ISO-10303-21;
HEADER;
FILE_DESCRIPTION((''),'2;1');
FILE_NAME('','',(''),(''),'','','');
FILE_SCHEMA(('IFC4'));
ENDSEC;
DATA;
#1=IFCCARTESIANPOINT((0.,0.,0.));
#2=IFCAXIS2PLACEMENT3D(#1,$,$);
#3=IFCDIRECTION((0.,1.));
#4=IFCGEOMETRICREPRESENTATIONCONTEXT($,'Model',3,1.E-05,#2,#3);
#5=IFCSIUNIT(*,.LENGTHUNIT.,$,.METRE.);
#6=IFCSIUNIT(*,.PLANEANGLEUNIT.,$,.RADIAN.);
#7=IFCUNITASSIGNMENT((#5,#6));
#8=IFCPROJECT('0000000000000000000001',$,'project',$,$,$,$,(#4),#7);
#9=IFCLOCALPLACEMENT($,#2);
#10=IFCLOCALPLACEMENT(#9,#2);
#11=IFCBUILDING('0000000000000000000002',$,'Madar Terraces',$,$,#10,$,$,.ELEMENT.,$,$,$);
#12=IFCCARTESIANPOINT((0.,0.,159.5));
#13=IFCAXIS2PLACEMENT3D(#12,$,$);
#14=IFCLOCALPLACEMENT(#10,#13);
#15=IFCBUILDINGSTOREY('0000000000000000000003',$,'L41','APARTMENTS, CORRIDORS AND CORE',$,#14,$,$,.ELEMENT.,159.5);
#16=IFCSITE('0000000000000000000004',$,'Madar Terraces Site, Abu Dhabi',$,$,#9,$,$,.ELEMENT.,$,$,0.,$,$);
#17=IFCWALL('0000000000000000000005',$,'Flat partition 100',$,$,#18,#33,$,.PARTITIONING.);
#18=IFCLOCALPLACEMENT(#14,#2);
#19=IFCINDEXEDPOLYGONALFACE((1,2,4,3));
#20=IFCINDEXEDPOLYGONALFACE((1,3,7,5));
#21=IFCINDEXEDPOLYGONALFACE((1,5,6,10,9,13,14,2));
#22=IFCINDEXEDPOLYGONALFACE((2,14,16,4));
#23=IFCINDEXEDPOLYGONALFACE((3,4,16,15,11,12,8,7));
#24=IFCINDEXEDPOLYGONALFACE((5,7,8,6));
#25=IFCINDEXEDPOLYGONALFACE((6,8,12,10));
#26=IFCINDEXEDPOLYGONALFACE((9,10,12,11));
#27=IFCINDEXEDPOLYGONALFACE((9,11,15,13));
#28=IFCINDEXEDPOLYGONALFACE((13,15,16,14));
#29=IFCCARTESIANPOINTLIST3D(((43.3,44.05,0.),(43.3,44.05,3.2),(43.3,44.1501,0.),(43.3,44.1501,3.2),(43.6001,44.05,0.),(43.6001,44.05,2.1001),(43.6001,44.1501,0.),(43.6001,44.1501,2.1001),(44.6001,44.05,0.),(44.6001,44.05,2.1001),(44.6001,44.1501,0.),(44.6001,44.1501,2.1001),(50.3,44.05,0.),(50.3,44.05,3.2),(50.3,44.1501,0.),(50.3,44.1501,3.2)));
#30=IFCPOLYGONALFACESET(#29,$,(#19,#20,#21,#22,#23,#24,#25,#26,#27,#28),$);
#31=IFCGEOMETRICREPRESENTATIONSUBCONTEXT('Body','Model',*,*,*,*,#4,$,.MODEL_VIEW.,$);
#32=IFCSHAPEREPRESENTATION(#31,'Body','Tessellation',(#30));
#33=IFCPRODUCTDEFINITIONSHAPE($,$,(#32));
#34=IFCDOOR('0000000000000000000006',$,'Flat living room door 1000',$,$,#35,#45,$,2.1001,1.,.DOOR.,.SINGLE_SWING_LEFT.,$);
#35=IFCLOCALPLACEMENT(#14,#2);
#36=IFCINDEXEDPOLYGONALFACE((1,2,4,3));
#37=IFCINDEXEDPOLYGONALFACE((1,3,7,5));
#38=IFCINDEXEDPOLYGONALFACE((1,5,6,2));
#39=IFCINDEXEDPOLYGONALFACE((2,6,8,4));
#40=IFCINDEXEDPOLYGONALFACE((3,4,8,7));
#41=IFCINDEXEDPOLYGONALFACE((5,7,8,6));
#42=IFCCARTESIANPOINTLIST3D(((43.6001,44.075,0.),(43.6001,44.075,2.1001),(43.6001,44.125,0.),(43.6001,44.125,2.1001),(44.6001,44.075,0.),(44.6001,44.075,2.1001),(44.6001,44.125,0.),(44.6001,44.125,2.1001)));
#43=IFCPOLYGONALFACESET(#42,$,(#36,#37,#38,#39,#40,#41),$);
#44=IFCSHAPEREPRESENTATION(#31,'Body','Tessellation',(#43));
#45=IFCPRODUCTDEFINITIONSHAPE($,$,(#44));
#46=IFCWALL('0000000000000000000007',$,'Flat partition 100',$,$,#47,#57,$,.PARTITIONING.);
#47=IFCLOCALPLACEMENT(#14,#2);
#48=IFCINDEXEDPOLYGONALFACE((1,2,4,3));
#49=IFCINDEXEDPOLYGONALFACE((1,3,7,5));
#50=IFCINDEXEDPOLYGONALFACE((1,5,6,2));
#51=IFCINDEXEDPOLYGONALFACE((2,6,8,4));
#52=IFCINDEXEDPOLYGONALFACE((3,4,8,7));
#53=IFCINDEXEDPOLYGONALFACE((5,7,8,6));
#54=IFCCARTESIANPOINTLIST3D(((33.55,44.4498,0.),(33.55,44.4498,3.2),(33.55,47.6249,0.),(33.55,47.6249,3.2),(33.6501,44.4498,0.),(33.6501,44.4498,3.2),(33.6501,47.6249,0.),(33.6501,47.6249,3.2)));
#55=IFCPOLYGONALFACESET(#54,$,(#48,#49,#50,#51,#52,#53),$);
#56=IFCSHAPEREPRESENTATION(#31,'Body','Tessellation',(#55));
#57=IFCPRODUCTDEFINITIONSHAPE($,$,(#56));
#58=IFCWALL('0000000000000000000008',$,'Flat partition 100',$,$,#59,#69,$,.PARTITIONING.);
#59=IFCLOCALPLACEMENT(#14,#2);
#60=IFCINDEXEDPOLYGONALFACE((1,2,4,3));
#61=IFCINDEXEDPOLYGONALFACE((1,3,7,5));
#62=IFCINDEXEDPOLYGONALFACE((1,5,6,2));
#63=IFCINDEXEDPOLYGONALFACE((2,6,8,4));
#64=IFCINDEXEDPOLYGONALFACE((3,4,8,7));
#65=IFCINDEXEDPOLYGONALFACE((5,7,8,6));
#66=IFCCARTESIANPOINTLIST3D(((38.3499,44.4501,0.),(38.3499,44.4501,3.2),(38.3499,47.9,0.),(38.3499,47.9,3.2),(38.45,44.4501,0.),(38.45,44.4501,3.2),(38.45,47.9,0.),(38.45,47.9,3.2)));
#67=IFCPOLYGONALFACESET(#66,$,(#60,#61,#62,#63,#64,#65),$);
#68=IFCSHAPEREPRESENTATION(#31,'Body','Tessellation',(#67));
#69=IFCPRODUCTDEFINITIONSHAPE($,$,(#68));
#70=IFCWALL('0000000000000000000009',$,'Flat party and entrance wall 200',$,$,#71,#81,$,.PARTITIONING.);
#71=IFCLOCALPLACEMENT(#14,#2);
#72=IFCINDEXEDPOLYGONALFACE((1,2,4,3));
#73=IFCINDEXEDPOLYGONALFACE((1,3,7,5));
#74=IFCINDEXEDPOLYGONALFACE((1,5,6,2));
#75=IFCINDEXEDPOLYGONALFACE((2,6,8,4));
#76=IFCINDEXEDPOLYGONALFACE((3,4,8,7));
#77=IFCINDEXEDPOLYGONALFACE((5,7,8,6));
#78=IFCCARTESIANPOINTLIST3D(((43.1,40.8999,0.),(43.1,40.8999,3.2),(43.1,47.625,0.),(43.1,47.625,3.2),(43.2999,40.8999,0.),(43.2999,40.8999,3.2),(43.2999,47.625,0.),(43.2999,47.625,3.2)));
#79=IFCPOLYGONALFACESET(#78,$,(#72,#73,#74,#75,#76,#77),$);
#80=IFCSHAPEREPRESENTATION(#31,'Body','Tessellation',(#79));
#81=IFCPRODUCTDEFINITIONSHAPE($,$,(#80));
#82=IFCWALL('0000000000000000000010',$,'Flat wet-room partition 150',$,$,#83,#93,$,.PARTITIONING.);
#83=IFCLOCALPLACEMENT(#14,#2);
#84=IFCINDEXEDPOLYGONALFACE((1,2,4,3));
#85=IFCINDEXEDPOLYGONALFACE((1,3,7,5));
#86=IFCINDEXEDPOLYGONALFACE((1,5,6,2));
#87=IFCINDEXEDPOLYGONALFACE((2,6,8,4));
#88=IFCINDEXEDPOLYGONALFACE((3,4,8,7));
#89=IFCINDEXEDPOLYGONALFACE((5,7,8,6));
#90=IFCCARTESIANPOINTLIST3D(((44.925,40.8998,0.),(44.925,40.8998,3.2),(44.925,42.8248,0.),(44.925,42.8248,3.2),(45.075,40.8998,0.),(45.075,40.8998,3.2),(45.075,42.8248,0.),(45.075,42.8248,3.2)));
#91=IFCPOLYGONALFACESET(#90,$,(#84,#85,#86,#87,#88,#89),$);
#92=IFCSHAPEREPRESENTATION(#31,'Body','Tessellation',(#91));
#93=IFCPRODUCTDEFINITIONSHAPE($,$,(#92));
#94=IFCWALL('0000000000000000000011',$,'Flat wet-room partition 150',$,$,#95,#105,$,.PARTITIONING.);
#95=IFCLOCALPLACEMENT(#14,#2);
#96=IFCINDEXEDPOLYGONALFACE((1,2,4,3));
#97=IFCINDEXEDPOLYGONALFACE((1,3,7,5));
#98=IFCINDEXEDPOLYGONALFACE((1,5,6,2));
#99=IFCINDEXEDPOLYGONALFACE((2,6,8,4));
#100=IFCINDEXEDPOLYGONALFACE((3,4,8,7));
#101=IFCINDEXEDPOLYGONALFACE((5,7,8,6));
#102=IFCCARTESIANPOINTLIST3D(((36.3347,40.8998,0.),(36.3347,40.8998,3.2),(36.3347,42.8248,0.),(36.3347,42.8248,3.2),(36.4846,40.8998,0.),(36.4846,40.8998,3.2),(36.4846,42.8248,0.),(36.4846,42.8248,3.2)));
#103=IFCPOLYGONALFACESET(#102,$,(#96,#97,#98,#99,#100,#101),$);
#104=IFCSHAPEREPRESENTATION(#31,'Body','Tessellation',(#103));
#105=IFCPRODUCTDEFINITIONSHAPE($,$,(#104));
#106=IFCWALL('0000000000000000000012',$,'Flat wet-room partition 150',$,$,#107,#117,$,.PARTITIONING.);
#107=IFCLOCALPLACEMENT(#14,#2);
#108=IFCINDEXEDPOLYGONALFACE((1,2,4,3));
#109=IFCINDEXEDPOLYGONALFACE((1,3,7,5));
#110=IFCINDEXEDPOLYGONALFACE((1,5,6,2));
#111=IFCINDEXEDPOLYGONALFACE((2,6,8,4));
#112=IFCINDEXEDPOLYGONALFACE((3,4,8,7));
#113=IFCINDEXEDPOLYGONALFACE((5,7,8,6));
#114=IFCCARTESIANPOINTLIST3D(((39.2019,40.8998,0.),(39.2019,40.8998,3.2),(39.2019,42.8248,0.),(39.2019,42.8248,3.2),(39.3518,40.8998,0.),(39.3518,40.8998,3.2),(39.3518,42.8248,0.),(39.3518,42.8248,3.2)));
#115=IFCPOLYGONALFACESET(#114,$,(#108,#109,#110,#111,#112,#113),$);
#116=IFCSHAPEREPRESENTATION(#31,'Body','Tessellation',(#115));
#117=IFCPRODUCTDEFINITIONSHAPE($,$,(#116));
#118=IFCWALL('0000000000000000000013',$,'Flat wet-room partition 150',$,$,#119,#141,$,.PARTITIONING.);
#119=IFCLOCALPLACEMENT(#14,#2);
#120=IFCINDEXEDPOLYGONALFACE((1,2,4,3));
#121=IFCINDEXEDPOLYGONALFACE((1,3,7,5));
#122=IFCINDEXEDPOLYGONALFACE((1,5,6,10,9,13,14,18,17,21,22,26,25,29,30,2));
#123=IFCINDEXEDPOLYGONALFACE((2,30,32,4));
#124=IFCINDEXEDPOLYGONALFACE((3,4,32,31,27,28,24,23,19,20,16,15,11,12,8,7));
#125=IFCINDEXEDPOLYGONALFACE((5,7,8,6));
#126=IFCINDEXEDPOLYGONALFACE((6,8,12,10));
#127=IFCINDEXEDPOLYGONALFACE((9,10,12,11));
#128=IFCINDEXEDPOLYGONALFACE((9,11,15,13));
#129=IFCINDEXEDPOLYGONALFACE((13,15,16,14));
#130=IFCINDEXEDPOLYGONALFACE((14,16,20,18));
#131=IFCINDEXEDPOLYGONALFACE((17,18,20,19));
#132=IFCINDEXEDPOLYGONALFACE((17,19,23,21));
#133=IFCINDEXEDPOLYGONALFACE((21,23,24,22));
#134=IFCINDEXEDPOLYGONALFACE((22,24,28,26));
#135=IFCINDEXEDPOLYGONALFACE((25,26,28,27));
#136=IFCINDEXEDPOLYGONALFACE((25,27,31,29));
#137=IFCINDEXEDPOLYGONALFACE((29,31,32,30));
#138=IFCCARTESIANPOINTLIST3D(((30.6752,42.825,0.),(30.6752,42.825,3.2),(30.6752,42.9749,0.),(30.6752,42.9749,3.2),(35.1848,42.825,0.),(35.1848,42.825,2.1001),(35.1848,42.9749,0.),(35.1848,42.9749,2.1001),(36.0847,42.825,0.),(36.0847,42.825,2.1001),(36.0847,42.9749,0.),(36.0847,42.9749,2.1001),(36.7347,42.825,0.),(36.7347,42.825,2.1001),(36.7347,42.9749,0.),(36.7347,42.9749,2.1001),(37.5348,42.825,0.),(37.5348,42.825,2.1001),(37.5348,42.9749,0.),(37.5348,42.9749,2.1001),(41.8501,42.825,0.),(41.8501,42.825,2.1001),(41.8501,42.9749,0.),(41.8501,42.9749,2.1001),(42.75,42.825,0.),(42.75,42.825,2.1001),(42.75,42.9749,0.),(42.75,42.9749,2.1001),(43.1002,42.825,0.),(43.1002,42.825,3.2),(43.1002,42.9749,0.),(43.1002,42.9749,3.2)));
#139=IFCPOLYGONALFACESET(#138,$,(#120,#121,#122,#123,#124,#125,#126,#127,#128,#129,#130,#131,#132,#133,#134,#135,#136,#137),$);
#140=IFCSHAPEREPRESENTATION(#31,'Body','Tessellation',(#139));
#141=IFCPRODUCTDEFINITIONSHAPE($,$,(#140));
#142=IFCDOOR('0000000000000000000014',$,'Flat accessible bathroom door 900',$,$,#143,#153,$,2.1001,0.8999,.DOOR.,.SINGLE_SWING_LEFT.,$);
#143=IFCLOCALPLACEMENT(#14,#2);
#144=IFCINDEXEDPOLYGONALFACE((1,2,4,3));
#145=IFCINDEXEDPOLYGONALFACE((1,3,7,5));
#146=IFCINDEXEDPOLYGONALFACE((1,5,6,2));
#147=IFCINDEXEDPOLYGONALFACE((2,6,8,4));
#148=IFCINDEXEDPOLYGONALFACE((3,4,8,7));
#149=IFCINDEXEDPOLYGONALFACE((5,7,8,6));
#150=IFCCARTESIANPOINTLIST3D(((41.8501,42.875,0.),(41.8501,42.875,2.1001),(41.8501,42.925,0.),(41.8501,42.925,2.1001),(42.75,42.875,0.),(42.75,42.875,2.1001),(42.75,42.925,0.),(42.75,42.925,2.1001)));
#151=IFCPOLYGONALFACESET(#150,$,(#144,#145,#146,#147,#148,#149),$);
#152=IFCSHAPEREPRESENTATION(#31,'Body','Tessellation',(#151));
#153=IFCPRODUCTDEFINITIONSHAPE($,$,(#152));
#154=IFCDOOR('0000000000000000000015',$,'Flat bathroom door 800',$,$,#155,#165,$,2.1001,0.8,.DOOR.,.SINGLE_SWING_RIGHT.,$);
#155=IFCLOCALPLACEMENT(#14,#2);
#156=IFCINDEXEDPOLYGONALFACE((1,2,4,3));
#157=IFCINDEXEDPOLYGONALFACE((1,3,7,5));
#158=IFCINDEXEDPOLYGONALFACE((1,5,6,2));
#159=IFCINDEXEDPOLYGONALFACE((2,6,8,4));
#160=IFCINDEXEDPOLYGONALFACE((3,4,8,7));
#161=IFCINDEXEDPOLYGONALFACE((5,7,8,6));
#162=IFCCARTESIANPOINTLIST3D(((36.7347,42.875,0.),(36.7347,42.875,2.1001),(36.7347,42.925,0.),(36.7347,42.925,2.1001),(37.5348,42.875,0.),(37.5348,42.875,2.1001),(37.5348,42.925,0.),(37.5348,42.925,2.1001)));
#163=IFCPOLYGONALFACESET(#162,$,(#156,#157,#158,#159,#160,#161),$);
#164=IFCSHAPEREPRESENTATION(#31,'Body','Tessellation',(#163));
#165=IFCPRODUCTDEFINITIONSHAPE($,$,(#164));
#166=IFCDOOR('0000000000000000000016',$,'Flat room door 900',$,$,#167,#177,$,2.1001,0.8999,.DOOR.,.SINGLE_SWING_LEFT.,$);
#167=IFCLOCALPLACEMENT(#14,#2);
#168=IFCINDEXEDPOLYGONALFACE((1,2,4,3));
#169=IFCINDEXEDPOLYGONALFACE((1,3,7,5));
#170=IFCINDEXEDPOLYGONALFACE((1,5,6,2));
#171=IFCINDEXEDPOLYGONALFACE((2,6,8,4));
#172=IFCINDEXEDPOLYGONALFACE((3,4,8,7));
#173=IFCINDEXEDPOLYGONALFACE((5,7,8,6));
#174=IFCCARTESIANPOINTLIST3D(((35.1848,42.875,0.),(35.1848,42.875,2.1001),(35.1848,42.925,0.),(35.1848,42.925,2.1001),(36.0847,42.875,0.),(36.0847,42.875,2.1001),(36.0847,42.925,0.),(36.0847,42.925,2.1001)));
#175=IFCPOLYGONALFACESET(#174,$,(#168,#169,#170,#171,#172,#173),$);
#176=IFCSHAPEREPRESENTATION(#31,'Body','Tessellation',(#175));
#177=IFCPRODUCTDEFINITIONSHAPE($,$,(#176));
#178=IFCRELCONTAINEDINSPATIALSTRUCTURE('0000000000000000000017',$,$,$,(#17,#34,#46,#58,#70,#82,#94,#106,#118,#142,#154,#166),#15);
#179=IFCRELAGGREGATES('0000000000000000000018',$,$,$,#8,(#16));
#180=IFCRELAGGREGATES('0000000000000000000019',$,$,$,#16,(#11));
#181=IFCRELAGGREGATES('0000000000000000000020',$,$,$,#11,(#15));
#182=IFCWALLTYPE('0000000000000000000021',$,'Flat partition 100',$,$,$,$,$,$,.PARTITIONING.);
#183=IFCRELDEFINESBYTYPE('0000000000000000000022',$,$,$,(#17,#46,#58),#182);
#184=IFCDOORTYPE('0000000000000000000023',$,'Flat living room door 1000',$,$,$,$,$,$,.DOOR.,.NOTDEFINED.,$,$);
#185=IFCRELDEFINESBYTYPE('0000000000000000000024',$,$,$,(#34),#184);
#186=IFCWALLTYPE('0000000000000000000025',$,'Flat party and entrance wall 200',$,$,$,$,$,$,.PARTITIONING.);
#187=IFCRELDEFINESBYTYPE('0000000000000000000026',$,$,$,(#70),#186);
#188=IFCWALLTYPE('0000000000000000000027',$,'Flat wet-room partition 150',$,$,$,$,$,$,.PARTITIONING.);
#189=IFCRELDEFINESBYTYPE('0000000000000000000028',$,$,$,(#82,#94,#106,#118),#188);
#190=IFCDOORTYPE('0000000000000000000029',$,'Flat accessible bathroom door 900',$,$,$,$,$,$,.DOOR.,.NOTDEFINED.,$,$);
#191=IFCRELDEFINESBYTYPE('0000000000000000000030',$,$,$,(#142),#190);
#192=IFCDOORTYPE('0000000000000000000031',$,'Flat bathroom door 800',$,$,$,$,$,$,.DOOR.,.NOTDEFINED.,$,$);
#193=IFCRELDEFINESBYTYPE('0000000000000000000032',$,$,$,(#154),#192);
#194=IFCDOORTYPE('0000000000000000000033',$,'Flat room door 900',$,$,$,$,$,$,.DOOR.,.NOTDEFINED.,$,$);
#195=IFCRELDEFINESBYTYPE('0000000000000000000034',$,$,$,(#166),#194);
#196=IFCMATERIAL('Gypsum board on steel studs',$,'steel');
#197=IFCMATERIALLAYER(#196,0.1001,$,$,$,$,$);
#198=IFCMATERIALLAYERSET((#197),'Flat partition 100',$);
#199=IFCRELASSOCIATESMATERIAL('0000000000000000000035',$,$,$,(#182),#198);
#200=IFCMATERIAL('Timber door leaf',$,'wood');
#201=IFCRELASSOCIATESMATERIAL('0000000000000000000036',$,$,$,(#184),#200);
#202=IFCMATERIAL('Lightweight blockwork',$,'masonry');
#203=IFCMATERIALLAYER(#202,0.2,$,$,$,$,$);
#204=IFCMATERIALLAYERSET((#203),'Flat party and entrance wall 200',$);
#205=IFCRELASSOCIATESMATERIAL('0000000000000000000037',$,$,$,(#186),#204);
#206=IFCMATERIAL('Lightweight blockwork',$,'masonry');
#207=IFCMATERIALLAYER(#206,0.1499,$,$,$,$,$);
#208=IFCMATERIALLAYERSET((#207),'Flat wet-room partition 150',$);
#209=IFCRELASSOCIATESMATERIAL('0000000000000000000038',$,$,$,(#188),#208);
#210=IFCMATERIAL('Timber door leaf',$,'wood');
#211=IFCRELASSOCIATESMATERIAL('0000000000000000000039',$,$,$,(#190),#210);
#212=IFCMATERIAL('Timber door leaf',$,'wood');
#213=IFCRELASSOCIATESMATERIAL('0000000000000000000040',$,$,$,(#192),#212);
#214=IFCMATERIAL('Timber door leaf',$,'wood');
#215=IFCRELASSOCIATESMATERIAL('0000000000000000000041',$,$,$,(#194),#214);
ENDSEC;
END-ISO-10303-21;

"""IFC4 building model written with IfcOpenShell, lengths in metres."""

from ifc_helpers import new_model, si_unit, direction, frame, frame_2d, origin, place, context, subcontext, project, spatial, rectangle, extrude, material, layer, layer_set, type_object, element, fill, save


model = new_model("IFC4")

# Units and contexts
model_context = context("Model", 3, precision=1e-05, world=origin(), true_north=direction((0.0, 1.0)))
body_context = subcontext(model_context, "Body", "Model", "MODEL_VIEW")
ifc_project = project(units=[si_unit("LENGTHUNIT", "METRE"), si_unit("PLANEANGLEUNIT", "RADIAN")], contexts=[model_context])

# Site, building, storey
site_placement = place(None, origin())
site = spatial("IfcSite", under=ifc_project, at=site_placement, Name="Madar Terraces Site, Abu Dhabi", CompositionType="ELEMENT", RefElevation=0.0)
building_placement = place(site_placement, origin())
building = spatial("IfcBuilding", under=site, at=building_placement, Name="Madar Terraces", CompositionType="ELEMENT")
storey_placement = place(building_placement, frame((0.0, 0.0, 159.5)))
storey = spatial("IfcBuildingStorey", under=building, at=storey_placement, Name="L41", Description="APARTMENTS, CORRIDORS AND CORE", CompositionType="ELEMENT", Elevation=159.5)

# Wall, opening, door
ifc_material_1 = material(Name="Gypsum board on steel studs", Category="steel")
ifc_layer_1 = layer(ifc_material_1, 0.1001)
ifc_layer_set_1 = layer_set([ifc_layer_1], Name="Flat partition 100")
wall_type_1 = type_object("IfcWallType", Name="Flat partition 100", PredefinedType="PARTITIONING", material=ifc_layer_set_1)
wall_1_placement = place(storey_placement, frame((43.3, 44.1001, 0.0), z_axis=(0.0, 0.0, 1.0), x_axis=(1.0, 0.0, 0.0)))
wall_1 = element("IfcWall", 1, at=wall_1_placement, inside=storey, type_object=wall_type_1, Name="Flat partition 100", PredefinedType="PARTITIONING", context=body_context, shape_type="SweptSolid", body=[
    extrude(rectangle(XDim=7.0, YDim=0.1001, at=frame_2d((3.5, 0.0))), origin(), (0.0, 0.0, 1.0), 3.2),
])
opening_1_placement = place(wall_1_placement, frame((0.3, 0.0, 0.0)))
opening_1 = element("IfcOpeningElement", 2, at=opening_1_placement, cuts=wall_1, PredefinedType="OPENING", context=body_context, shape_type="SweptSolid", body=[
    extrude(rectangle(XDim=1.0, YDim=2.1001, at=frame_2d((0.5, 1.05))), frame((0.0, 0.0601, 0.0), z_axis=(0.0, -1.0, 0.0), x_axis=(1.0, 0.0, 0.0)), (0.0, 0.0, 1.0), 0.1201),
])
ifc_material_2 = material(Name="Timber door leaf", Category="wood")
door_type_1 = type_object("IfcDoorType", Name="Flat living room door 1000", OperationType="NOTDEFINED", PredefinedType="DOOR", material=ifc_material_2)
door_1_placement = place(opening_1_placement, origin())
door_1 = element("IfcDoor", 3, at=door_1_placement, inside=storey, type_object=door_type_1, Name="Flat living room door 1000", OperationType="SINGLE_SWING_LEFT", OverallHeight=2.1001, OverallWidth=1.0, PredefinedType="DOOR", context=body_context, shape_type="SweptSolid", body=[
    extrude(rectangle(XDim=1.0, YDim=2.1001, at=frame_2d((0.5, 1.05))), frame((0.0, 0.0249, 0.0), z_axis=(0.0, -1.0, 0.0), x_axis=(1.0, 0.0, 0.0)), (0.0, 0.0, 1.0), 0.05),
])
fill(opening_1, door_1)

# Walls
wall_2_placement = place(storey_placement, frame((33.6001, 44.45, 0.0), z_axis=(0.0, 0.0, 1.0), x_axis=(0.0, 1.0, 0.0)))
element("IfcWall", 4, at=wall_2_placement, inside=storey, type_object=wall_type_1, Name="Flat partition 100", PredefinedType="PARTITIONING", context=body_context, shape_type="SweptSolid", body=[
    extrude(rectangle(XDim=3.175, YDim=0.1001, at=frame_2d((1.5874, 0.0))), origin(), (0.0, 0.0, 1.0), 3.2),
])
wall_3_placement = place(storey_placement, frame((38.3999, 44.45, 0.0), z_axis=(0.0, 0.0, 1.0), x_axis=(0.0, 1.0, 0.0)))
element("IfcWall", 5, at=wall_3_placement, inside=storey, type_object=wall_type_1, Name="Flat partition 100", PredefinedType="PARTITIONING", context=body_context, shape_type="SweptSolid", body=[
    extrude(rectangle(XDim=3.45, YDim=0.1001, at=frame_2d((1.7251, 0.0))), origin(), (0.0, 0.0, 1.0), 3.2),
])
ifc_material_3 = material(Name="Lightweight blockwork", Category="masonry")
ifc_layer_2 = layer(ifc_material_3, 0.2)
ifc_layer_set_2 = layer_set([ifc_layer_2], Name="Flat party and entrance wall 200")
wall_type_2 = type_object("IfcWallType", Name="Flat party and entrance wall 200", PredefinedType="PARTITIONING", material=ifc_layer_set_2)
wall_4_placement = place(storey_placement, frame((43.2, 47.625, 0.0), z_axis=(0.0, 0.0, 1.0), x_axis=(0.0, -1.0, 0.0)))
element("IfcWall", 6, at=wall_4_placement, inside=storey, type_object=wall_type_2, Name="Flat party and entrance wall 200", PredefinedType="PARTITIONING", context=body_context, shape_type="SweptSolid", body=[
    extrude(rectangle(XDim=6.7251, YDim=0.2, at=frame_2d((3.3625, 0.0))), origin(), (0.0, 0.0, 1.0), 3.2),
])
ifc_material_4 = material(Name="Lightweight blockwork", Category="masonry")
ifc_layer_3 = layer(ifc_material_4, 0.1499)
ifc_layer_set_3 = layer_set([ifc_layer_3], Name="Flat wet-room partition 150")
wall_type_3 = type_object("IfcWallType", Name="Flat wet-room partition 150", PredefinedType="PARTITIONING", material=ifc_layer_set_3)
for number, where, z_axis, x_axis, name in (
    (7, (45.0, 40.8999, 0.0), (0.0, 0.0, 1.0), (0.0, 1.0, 0.0), "Flat wet-room partition 150"),
    (8, (36.4097, 40.8999, 0.0), (0.0, 0.0, 1.0), (0.0, 1.0, 0.0), "Flat wet-room partition 150"),
    (9, (39.2769, 40.8999, 0.0), (0.0, 0.0, 1.0), (0.0, 1.0, 0.0), "Flat wet-room partition 150"),
):
    element("IfcWall", number, at=place(storey_placement, frame(where, z_axis=z_axis, x_axis=x_axis)), inside=storey, type_object=wall_type_3, Name=name, PredefinedType="PARTITIONING", context=body_context, shape_type="SweptSolid", body=[
        extrude(rectangle(XDim=1.925, YDim=0.1499, at=frame_2d((0.9624, 0.0))), origin(), (0.0, 0.0, 1.0), 3.2),
    ])

# Wall, openings, doors
wall_5_placement = place(storey_placement, frame((43.1001, 42.8999, 0.0), z_axis=(0.0, 0.0, 1.0), x_axis=(-1.0, 0.0, 0.0)))
wall_5 = element("IfcWall", 10, at=wall_5_placement, inside=storey, type_object=wall_type_3, Name="Flat wet-room partition 150", PredefinedType="PARTITIONING", context=body_context, shape_type="SweptSolid", body=[
    extrude(rectangle(XDim=12.425, YDim=0.1499, at=frame_2d((6.2124, 0.0))), origin(), (0.0, 0.0, 1.0), 3.2),
])
opening_2_placement = place(wall_5_placement, frame((7.0154, 0.0, 0.0)))
opening_2 = element("IfcOpeningElement", 11, at=opening_2_placement, cuts=wall_5, PredefinedType="OPENING", context=body_context, shape_type="SweptSolid", body=[
    extrude(rectangle(XDim=0.8999, YDim=2.1001, at=frame_2d((0.45, 1.05))), frame((0.0, 0.085, 0.0), z_axis=(0.0, -1.0, 0.0), x_axis=(1.0, 0.0, 0.0)), (0.0, 0.0, 1.0), 0.1699),
])
opening_3_placement = place(wall_5_placement, frame((5.5654, 0.0, 0.0)))
opening_3 = element("IfcOpeningElement", 12, at=opening_3_placement, cuts=wall_5, PredefinedType="OPENING", context=body_context, shape_type="SweptSolid", body=[
    extrude(rectangle(XDim=0.8, YDim=2.1001, at=frame_2d((0.3999, 1.05))), frame((0.0, 0.085, 0.0), z_axis=(0.0, -1.0, 0.0), x_axis=(1.0, 0.0, 0.0)), (0.0, 0.0, 1.0), 0.1699),
])
opening_4_placement = place(wall_5_placement, frame((0.3501, 0.0, 0.0)))
opening_4 = element("IfcOpeningElement", 13, at=opening_4_placement, cuts=wall_5, PredefinedType="OPENING", context=body_context, shape_type="SweptSolid", body=[
    extrude(rectangle(XDim=0.8999, YDim=2.1001, at=frame_2d((0.45, 1.05))), frame((0.0, 0.085, 0.0), z_axis=(0.0, -1.0, 0.0), x_axis=(1.0, 0.0, 0.0)), (0.0, 0.0, 1.0), 0.1699),
])
ifc_material_5 = material(Name="Timber door leaf", Category="wood")
door_type_2 = type_object("IfcDoorType", Name="Flat accessible bathroom door 900", OperationType="NOTDEFINED", PredefinedType="DOOR", material=ifc_material_5)
door_2_placement = place(opening_4_placement, origin())
door_2 = element("IfcDoor", 14, at=door_2_placement, inside=storey, type_object=door_type_2, Name="Flat accessible bathroom door 900", OperationType="SINGLE_SWING_LEFT", OverallHeight=2.1001, OverallWidth=0.8999, PredefinedType="DOOR", context=body_context, shape_type="SweptSolid", body=[
    extrude(rectangle(XDim=0.8999, YDim=2.1001, at=frame_2d((0.45, 1.05))), frame((0.0, 0.0249, 0.0), z_axis=(0.0, -1.0, 0.0), x_axis=(1.0, 0.0, 0.0)), (0.0, 0.0, 1.0), 0.05),
])
fill(opening_4, door_2)
ifc_material_6 = material(Name="Timber door leaf", Category="wood")
door_type_3 = type_object("IfcDoorType", Name="Flat bathroom door 800", OperationType="NOTDEFINED", PredefinedType="DOOR", material=ifc_material_6)
door_3_placement = place(opening_3_placement, origin())
door_3 = element("IfcDoor", 15, at=door_3_placement, inside=storey, type_object=door_type_3, Name="Flat bathroom door 800", OperationType="SINGLE_SWING_RIGHT", OverallHeight=2.1001, OverallWidth=0.8, PredefinedType="DOOR", context=body_context, shape_type="SweptSolid", body=[
    extrude(rectangle(XDim=0.8, YDim=2.1001, at=frame_2d((0.3999, 1.05))), frame((0.0, 0.0249, 0.0), z_axis=(0.0, -1.0, 0.0), x_axis=(1.0, 0.0, 0.0)), (0.0, 0.0, 1.0), 0.05),
])
fill(opening_3, door_3)
ifc_material_7 = material(Name="Timber door leaf", Category="wood")
door_type_4 = type_object("IfcDoorType", Name="Flat room door 900", OperationType="NOTDEFINED", PredefinedType="DOOR", material=ifc_material_7)
door_4_placement = place(opening_2_placement, origin())
door_4 = element("IfcDoor", 16, at=door_4_placement, inside=storey, type_object=door_type_4, Name="Flat room door 900", OperationType="SINGLE_SWING_LEFT", OverallHeight=2.1001, OverallWidth=0.8999, PredefinedType="DOOR", context=body_context, shape_type="SweptSolid", body=[
    extrude(rectangle(XDim=0.8999, YDim=2.1001, at=frame_2d((0.45, 1.05))), frame((0.0, 0.0249, 0.0), z_axis=(0.0, -1.0, 0.0), x_axis=(1.0, 0.0, 0.0)), (0.0, 0.0, 1.0), 0.05),
])
fill(opening_2, door_4)

save(model, "model.ifc")
